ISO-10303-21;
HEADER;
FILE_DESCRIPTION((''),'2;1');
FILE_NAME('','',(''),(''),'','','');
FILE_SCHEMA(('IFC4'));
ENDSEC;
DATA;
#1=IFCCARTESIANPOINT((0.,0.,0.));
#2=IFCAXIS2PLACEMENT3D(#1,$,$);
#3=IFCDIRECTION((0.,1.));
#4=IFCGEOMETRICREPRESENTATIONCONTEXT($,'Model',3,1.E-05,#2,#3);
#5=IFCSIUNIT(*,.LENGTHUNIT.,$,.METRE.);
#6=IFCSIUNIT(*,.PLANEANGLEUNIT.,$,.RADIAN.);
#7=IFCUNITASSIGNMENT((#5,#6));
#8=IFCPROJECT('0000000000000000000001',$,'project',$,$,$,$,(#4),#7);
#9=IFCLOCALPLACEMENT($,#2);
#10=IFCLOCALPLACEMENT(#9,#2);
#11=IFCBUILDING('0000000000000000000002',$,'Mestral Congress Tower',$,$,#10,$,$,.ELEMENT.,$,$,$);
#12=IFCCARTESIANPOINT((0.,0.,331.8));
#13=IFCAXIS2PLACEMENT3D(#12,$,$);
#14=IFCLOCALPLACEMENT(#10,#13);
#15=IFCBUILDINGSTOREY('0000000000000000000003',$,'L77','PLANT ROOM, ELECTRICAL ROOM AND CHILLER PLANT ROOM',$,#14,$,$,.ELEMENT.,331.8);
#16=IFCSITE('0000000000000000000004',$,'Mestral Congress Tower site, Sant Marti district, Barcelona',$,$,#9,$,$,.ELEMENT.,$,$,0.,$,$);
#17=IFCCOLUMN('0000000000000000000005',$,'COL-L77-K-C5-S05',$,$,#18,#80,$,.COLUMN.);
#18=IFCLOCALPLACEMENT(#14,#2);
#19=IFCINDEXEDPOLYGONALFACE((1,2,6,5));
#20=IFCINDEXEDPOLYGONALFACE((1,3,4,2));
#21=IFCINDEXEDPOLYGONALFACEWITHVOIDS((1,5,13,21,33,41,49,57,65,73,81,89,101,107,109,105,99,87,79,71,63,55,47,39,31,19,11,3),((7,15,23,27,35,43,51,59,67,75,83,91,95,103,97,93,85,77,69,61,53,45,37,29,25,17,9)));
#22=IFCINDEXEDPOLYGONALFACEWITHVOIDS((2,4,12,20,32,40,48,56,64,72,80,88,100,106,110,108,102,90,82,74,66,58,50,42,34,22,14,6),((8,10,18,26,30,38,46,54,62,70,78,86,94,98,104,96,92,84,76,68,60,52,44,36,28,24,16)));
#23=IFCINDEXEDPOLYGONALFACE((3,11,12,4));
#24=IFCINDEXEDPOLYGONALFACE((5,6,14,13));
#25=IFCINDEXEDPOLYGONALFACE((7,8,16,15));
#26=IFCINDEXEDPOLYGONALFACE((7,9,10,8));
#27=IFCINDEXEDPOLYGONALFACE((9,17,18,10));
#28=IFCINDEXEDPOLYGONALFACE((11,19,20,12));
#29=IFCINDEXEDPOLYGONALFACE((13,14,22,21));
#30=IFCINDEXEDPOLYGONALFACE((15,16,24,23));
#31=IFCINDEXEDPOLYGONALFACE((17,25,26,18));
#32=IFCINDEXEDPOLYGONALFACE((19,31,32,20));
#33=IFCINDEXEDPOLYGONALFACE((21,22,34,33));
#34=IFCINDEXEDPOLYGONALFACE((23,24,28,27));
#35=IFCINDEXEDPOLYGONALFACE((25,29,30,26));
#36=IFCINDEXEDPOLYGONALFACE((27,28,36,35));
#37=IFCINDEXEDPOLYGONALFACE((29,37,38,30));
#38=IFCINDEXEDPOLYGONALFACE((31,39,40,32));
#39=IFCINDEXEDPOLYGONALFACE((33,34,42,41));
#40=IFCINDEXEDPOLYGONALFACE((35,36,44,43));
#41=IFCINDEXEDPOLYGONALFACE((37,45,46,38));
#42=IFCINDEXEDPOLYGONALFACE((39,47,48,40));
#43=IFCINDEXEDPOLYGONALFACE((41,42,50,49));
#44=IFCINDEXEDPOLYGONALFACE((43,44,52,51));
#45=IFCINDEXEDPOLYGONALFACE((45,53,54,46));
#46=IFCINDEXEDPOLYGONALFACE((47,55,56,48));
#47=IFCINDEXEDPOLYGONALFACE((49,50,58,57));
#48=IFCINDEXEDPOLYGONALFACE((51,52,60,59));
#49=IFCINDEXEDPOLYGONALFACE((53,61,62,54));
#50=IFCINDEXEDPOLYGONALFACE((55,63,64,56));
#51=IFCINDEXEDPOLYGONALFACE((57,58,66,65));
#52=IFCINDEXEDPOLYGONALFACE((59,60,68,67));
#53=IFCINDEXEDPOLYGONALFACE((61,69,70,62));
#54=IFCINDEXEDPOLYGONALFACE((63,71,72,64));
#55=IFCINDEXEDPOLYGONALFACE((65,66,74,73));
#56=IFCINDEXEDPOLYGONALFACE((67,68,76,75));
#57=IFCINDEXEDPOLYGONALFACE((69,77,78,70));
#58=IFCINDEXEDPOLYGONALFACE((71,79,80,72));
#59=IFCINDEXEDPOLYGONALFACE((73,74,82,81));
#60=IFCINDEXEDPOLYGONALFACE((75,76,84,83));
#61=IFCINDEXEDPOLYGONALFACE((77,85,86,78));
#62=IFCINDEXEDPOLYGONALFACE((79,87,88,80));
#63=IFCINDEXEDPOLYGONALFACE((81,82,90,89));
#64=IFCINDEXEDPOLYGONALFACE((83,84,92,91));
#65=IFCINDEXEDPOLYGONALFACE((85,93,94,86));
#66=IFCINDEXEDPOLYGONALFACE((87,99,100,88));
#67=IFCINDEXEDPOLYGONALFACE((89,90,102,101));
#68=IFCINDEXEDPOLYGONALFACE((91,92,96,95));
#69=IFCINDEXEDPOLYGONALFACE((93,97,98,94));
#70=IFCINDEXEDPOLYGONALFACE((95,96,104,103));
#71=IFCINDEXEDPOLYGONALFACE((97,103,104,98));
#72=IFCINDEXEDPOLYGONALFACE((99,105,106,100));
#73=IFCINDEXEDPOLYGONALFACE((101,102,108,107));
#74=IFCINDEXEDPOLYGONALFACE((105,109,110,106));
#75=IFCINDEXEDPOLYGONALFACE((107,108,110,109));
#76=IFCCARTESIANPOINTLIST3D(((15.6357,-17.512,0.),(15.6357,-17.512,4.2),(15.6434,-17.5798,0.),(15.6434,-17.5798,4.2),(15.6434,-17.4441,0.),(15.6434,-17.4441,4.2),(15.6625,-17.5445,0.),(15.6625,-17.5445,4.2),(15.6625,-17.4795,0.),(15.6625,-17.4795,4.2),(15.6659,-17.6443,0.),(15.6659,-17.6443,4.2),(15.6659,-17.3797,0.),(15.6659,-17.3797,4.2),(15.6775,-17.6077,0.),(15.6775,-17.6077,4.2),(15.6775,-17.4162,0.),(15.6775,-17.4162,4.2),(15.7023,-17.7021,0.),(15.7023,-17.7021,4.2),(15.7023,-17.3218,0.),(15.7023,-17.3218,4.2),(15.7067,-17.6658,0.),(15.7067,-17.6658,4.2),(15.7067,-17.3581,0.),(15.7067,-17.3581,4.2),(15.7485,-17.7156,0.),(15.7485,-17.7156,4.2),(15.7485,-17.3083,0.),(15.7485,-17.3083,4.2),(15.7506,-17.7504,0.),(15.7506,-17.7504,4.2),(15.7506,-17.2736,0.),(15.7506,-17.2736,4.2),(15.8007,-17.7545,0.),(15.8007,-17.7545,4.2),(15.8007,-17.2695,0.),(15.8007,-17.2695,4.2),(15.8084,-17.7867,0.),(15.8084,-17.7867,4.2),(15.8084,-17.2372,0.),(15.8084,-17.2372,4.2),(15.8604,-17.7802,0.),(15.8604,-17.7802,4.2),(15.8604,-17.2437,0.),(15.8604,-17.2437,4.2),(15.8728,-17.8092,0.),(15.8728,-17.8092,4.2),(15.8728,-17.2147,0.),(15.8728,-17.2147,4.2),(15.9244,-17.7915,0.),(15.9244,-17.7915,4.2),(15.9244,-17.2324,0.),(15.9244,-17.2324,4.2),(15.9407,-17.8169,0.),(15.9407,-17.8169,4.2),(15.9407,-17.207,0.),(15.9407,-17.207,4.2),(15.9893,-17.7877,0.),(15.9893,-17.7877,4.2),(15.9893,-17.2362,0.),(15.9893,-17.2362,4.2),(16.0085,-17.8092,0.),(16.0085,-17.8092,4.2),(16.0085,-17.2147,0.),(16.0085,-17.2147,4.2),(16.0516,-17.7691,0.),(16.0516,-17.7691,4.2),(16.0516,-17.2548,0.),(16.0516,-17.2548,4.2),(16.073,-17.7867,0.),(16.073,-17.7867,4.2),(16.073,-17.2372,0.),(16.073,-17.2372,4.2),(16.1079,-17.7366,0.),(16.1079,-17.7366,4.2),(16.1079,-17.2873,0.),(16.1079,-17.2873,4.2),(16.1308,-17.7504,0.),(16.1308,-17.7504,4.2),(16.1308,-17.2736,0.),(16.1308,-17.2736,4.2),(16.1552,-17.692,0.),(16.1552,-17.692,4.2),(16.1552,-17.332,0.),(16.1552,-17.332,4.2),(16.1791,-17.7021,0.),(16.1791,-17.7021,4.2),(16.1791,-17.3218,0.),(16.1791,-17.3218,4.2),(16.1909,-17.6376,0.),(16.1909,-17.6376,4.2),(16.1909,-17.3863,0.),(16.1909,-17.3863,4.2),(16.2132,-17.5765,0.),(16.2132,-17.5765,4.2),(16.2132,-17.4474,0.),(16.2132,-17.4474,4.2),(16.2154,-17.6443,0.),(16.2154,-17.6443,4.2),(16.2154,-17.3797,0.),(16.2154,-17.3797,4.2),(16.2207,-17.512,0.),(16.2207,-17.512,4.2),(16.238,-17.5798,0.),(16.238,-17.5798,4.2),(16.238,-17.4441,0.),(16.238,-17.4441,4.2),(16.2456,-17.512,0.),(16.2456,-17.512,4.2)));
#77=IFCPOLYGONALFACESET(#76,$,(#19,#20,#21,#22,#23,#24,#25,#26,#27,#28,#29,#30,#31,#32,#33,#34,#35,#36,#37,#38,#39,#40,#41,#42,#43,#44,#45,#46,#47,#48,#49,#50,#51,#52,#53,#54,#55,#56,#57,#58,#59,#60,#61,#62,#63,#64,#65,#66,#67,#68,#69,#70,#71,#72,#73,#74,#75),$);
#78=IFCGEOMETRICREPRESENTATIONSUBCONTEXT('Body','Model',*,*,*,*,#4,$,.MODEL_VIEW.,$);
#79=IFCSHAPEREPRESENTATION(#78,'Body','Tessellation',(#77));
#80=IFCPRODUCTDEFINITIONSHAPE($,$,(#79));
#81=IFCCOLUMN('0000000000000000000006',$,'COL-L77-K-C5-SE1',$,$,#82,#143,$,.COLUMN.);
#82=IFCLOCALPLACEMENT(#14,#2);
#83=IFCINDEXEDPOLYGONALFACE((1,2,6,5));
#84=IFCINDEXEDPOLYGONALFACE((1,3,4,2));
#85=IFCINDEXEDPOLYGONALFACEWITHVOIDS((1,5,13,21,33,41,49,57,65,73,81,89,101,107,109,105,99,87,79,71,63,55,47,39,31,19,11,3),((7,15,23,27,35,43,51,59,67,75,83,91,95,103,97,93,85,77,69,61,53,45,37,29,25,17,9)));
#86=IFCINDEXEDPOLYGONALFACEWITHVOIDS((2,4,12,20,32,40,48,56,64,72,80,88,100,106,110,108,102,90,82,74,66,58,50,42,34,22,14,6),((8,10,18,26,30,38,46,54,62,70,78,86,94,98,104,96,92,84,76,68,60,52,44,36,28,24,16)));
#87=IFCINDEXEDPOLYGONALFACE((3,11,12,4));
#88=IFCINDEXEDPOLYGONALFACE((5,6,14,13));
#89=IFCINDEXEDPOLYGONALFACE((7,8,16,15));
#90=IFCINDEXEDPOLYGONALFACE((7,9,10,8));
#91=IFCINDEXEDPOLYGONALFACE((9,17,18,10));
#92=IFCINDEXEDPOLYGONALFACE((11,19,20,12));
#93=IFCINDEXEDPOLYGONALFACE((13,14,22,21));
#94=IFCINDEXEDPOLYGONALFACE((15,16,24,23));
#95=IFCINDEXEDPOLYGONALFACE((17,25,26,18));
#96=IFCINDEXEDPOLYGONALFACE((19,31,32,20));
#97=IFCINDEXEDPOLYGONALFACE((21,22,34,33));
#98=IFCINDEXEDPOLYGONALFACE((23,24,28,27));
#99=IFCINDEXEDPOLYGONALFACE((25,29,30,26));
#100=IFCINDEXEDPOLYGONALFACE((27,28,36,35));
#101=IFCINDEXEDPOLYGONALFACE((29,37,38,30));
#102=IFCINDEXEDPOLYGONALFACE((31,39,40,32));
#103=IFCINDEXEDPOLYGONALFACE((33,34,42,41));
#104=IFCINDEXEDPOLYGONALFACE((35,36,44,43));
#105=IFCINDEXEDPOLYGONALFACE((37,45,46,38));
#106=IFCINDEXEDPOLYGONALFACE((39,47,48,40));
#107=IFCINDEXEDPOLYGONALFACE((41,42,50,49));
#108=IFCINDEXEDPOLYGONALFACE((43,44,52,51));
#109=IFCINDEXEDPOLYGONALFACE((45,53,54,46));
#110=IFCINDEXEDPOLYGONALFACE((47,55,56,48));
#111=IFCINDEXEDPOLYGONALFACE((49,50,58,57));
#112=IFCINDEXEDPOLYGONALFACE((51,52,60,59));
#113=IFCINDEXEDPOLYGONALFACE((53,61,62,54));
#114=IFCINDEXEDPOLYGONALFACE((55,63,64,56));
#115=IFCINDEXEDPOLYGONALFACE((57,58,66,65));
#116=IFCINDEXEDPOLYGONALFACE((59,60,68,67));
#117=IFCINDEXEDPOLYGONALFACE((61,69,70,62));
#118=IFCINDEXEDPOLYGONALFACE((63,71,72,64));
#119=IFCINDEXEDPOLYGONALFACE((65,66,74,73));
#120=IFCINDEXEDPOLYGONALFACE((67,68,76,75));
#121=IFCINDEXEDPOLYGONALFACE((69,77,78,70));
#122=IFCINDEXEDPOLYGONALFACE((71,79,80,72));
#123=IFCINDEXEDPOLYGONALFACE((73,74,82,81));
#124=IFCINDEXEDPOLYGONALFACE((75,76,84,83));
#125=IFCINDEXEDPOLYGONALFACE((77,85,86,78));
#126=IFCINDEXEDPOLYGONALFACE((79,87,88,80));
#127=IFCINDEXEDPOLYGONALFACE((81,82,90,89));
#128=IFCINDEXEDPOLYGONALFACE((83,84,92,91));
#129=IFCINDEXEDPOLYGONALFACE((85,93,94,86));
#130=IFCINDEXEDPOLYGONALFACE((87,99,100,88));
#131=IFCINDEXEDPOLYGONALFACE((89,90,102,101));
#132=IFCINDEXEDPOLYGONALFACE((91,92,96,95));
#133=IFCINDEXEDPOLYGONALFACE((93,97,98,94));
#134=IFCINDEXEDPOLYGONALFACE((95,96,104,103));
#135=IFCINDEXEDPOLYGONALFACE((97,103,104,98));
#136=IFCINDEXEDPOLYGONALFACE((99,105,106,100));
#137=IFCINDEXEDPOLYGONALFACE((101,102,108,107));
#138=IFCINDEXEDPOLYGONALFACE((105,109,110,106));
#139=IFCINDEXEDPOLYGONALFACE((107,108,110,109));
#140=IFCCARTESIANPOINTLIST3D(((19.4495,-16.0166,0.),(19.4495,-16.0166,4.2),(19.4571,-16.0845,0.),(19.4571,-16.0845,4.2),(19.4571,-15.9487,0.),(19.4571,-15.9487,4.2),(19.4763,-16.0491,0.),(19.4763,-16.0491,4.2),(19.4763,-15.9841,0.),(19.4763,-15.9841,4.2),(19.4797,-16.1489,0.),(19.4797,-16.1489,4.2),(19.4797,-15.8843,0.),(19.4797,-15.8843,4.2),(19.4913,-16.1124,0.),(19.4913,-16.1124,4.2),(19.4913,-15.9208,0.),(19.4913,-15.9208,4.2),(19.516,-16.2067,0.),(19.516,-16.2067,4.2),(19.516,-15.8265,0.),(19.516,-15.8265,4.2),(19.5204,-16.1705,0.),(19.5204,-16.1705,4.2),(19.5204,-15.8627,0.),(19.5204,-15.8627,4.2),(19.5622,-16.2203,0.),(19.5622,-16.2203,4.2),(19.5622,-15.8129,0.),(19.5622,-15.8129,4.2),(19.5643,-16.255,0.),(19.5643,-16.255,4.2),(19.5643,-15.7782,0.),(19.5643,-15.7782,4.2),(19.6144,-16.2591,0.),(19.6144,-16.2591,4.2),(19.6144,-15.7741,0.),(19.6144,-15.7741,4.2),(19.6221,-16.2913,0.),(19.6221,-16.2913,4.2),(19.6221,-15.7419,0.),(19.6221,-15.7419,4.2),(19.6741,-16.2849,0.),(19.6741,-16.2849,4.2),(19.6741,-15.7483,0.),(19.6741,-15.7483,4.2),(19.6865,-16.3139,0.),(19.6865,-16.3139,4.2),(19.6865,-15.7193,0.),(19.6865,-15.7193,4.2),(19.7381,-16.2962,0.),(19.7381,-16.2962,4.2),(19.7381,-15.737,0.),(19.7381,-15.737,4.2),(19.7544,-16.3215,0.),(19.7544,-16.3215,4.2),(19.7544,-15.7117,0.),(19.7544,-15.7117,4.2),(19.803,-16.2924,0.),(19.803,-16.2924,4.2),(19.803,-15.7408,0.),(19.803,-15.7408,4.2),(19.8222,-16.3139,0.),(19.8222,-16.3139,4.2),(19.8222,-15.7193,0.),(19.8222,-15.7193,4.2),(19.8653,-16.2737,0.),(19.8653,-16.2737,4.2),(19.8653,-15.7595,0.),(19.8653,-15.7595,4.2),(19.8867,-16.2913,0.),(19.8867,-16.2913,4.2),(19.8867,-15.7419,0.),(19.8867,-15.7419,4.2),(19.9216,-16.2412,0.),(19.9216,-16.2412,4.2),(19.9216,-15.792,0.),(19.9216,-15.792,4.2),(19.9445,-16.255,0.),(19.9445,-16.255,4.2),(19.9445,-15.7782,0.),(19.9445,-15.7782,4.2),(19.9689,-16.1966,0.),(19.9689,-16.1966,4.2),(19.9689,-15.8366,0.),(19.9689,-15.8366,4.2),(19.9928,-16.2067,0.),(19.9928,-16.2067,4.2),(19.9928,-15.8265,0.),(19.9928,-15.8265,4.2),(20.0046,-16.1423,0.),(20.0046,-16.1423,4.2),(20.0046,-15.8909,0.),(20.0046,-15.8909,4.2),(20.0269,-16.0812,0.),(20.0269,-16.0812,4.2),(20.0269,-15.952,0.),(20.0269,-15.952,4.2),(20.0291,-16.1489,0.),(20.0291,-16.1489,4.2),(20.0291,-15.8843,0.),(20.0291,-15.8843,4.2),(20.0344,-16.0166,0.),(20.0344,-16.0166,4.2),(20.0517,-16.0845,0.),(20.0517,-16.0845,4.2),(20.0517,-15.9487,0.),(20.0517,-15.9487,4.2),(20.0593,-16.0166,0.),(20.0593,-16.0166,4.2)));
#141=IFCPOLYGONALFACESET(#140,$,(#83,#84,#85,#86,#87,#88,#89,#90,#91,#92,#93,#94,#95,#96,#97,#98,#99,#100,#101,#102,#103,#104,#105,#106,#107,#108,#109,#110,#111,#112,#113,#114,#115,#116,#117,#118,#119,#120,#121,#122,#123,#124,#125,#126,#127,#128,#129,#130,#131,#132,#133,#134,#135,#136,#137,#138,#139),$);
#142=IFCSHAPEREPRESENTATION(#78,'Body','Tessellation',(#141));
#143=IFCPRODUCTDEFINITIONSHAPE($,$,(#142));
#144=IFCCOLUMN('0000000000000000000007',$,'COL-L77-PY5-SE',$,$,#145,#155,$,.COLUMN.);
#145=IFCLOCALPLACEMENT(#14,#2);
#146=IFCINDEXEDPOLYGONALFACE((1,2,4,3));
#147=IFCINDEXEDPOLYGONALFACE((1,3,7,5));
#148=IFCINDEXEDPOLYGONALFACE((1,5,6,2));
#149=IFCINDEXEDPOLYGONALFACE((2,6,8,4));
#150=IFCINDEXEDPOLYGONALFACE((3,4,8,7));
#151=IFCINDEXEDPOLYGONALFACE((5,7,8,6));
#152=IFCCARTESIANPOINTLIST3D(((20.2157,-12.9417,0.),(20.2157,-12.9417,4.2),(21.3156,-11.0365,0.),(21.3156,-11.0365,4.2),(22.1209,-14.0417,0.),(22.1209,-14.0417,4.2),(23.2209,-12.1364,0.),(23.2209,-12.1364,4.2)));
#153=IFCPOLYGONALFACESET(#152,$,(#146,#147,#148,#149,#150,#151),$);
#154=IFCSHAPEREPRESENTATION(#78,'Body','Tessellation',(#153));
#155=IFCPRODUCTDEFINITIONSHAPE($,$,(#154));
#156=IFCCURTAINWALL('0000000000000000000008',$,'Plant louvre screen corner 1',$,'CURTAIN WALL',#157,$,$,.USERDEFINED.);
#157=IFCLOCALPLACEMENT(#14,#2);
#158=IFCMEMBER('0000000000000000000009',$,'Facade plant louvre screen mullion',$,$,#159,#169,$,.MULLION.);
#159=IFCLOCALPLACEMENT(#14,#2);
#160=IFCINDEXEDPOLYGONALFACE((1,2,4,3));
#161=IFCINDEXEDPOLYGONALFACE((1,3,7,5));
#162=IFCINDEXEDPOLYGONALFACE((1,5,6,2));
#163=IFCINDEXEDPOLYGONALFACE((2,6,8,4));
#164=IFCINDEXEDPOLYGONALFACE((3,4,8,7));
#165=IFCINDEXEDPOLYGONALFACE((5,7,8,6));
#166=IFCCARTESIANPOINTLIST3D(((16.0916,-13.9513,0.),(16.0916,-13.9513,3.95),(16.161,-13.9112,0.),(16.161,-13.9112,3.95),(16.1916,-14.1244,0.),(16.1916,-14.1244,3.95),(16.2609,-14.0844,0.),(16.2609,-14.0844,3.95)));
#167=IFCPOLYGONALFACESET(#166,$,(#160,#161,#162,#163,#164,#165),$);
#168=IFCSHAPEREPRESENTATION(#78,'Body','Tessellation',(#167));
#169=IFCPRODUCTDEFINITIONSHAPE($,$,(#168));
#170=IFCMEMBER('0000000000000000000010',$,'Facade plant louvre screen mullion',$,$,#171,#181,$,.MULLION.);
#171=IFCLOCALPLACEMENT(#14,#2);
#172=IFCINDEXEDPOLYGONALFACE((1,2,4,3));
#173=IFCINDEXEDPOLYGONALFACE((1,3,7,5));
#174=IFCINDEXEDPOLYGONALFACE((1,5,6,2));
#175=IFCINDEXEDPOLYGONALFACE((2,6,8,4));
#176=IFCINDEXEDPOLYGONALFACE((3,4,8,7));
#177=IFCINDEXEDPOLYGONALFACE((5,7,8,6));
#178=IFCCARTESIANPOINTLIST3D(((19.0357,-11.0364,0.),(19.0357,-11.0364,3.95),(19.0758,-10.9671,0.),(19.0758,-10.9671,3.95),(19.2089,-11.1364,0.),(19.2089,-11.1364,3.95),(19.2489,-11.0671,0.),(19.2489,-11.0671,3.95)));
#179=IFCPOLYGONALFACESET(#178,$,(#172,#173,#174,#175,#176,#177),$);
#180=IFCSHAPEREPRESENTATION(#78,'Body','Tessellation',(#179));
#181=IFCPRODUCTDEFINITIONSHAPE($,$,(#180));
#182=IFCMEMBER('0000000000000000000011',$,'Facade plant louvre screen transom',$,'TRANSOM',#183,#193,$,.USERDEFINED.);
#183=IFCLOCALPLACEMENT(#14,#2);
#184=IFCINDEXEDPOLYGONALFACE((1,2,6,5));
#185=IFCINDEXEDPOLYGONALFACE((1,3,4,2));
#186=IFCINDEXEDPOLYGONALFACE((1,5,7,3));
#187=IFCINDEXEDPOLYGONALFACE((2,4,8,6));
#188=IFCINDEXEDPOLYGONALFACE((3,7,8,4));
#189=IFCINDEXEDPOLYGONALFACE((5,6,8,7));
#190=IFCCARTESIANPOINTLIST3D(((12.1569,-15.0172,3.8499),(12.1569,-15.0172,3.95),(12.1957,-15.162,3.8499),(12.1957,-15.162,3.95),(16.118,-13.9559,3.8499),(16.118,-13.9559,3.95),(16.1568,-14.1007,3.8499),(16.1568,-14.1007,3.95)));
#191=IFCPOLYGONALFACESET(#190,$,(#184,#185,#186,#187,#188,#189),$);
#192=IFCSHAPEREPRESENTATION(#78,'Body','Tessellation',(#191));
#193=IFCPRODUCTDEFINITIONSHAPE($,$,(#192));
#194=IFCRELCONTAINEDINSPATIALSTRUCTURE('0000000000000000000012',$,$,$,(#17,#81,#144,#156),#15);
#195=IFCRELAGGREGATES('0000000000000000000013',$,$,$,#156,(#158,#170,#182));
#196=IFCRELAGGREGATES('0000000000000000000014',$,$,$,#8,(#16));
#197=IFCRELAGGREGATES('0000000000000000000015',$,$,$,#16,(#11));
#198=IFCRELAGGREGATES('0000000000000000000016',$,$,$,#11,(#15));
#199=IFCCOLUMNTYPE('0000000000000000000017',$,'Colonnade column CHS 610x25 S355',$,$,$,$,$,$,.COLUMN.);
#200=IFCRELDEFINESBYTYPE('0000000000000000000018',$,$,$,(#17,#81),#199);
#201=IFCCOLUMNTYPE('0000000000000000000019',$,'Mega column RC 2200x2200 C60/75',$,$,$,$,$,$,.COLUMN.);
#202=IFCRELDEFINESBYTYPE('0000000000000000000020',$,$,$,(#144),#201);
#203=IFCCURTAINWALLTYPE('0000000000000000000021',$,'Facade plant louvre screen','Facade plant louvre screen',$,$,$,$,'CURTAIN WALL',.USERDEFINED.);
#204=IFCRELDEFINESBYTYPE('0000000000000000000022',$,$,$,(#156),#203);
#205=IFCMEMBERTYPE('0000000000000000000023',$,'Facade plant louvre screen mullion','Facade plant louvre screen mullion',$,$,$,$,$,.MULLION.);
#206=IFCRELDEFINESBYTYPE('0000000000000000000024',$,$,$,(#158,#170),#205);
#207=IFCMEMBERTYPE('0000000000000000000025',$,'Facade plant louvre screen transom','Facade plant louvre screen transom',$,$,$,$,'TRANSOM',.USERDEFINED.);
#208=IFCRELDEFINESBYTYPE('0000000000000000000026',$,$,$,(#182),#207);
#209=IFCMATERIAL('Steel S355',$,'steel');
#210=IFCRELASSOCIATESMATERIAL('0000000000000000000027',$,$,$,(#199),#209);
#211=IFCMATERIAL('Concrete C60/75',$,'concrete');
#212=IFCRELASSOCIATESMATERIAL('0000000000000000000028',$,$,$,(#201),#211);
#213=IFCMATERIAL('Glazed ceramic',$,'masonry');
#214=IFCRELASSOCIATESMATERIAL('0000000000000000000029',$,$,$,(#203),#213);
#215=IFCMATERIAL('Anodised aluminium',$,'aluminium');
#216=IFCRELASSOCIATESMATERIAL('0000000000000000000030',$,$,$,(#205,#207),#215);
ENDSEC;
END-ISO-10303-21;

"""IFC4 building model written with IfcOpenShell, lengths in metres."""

from ifc_helpers import new_model, si_unit, direction, frame, origin, origin_2d, place, context, subcontext, project, spatial, rectangle, hollow_circle, extrude, material, material_profile, profile_set, type_object, element, aggregate, save


model = new_model("IFC4")

# Units and contexts
model_context = context("Model", 3, precision=1e-05, world=origin(), true_north=direction((0.0, 1.0)))
body_context = subcontext(model_context, "Body", "Model", "MODEL_VIEW")
ifc_project = project(units=[si_unit("LENGTHUNIT", "METRE"), si_unit("PLANEANGLEUNIT", "RADIAN")], contexts=[model_context])

# Site, building, storey
site_placement = place(None, origin())
site = spatial("IfcSite", under=ifc_project, at=site_placement, Name="Mestral Congress Tower site, Sant Marti district, Barcelona", CompositionType="ELEMENT", RefElevation=0.0)
building_placement = place(site_placement, origin())
building = spatial("IfcBuilding", under=site, at=building_placement, Name="Mestral Congress Tower", CompositionType="ELEMENT")
storey_placement = place(building_placement, frame((0.0, 0.0, 331.8)))
storey = spatial("IfcBuildingStorey", under=building, at=storey_placement, Name="L77", Description="PLANT ROOM, ELECTRICAL ROOM AND CHILLER PLANT ROOM", CompositionType="ELEMENT", Elevation=331.8)

# Columns
ifc_material_1 = material(Name="Steel S355", Category="steel")
ifc_material_profile_1 = material_profile(ifc_material_1, hollow_circle(Radius=0.3049, WallThickness=0.0249, at=origin_2d()), Name="CHS 610x25")
ifc_profile_set_1 = profile_set([ifc_material_profile_1], Name="Steel S355")
column_type_1 = type_object("IfcColumnType", Name="Colonnade column CHS 610x25 S355", PredefinedType="COLUMN", material=ifc_profile_set_1)
for number, where, z_axis, x_axis, name in (
    (1, (15.9407, -17.512, 0.0), (0.0, 0.0, 1.0), (1.0, 0.0, 0.0), "COL-L77-K-C5-S05"),
    (2, (19.7544, -16.0166, 0.0), (0.0, 0.0, 1.0), (1.0, 0.0, 0.0), "COL-L77-K-C5-SE1"),
):
    element("IfcColumn", number, at=place(storey_placement, frame(where, z_axis=z_axis, x_axis=x_axis)), inside=storey, type_object=column_type_1, Name=name, PredefinedType="COLUMN", context=body_context, shape_type="SweptSolid", body=[
        extrude(hollow_circle(Radius=0.3049, WallThickness=0.0249, at=origin_2d()), origin(), (0.0, 0.0, 1.0), 4.2),
    ])
ifc_material_2 = material(Name="Concrete C60/75", Category="concrete")
ifc_material_profile_2 = material_profile(ifc_material_2, rectangle(XDim=2.2, YDim=2.2, at=origin_2d()), Name="RC 2200x2200")
ifc_profile_set_2 = profile_set([ifc_material_profile_2], Name="Concrete C60/75")
column_type_2 = type_object("IfcColumnType", Name="Mega column RC 2200x2200 C60/75", PredefinedType="COLUMN", material=ifc_profile_set_2)
column_placement = place(storey_placement, frame((21.7183, -12.5391, 0.0), z_axis=(0.0, 0.0, 1.0), x_axis=(0.866025, -0.5, 0.0)))
element("IfcColumn", 3, at=column_placement, inside=storey, type_object=column_type_2, Name="COL-L77-PY5-SE", PredefinedType="COLUMN", context=body_context, shape_type="SweptSolid", body=[
    extrude(rectangle(XDim=2.2, YDim=2.2, at=origin_2d()), origin(), (0.0, 0.0, 1.0), 4.2),
])

# Curtain wall, members
ifc_material_3 = material(Name="Glazed ceramic", Category="masonry")
curtain_wall_type = type_object("IfcCurtainWallType", Name="Facade plant louvre screen", Description="Facade plant louvre screen", ElementType="CURTAIN WALL", PredefinedType="USERDEFINED", material=ifc_material_3)
curtain_wall_placement = place(storey_placement, origin())
curtain_wall = element("IfcCurtainWall", 4, at=curtain_wall_placement, inside=storey, type_object=curtain_wall_type, Name="Plant louvre screen corner 1", ObjectType="CURTAIN WALL", PredefinedType="USERDEFINED")
ifc_material_4 = material(Name="Anodised aluminium", Category="aluminium")
ifc_material_profile_3 = material_profile(ifc_material_4, rectangle(XDim=0.2, YDim=0.0801, at=origin_2d()), Name="CW6 mullion 200 x 80")
ifc_profile_set_3 = profile_set([ifc_material_profile_3], Name="Anodised aluminium")
member_type_1 = type_object("IfcMemberType", Name="Facade plant louvre screen mullion", Description="Facade plant louvre screen mullion", PredefinedType="MULLION", material=ifc_profile_set_3)
member_1_placement = place(storey_placement, frame((16.1763, -14.0178, 0.0), z_axis=(0.0, 0.0, 1.0), x_axis=(0.5, -0.866025, 0.0)))
member_1 = element("IfcMember", 5, at=member_1_placement, type_object=member_type_1, Name="Facade plant louvre screen mullion", PredefinedType="MULLION", context=body_context, shape_type="SweptSolid", body=[
    extrude(rectangle(XDim=0.2, YDim=0.0801, at=origin_2d()), origin(), (0.0, 0.0, 1.0), 3.95),
])
member_2_placement = place(storey_placement, frame((19.1423, -11.0518, 0.0), z_axis=(0.0, 0.0, 1.0), x_axis=(0.866025, -0.5, 0.0)))
member_2 = element("IfcMember", 6, at=member_2_placement, type_object=member_type_1, Name="Facade plant louvre screen mullion", PredefinedType="MULLION", context=body_context, shape_type="SweptSolid", body=[
    extrude(rectangle(XDim=0.2, YDim=0.0801, at=origin_2d()), origin(), (0.0, 0.0, 1.0), 3.95),
])
ifc_material_profile_4 = material_profile(ifc_material_4, rectangle(XDim=0.1499, YDim=0.1001, at=origin_2d()), Name="CW6 transom 150 x 100")
ifc_profile_set_4 = profile_set([ifc_material_profile_4], Name="Anodised aluminium")
member_type_2 = type_object("IfcMemberType", Name="Facade plant louvre screen transom", Description="Facade plant louvre screen transom", ElementType="TRANSOM", PredefinedType="USERDEFINED", material=ifc_profile_set_4)
member_3_placement = place(storey_placement, frame((12.1763, -15.0896, 3.8999), z_axis=(0.965933, 0.258793, 0.0), x_axis=(-0.258793, 0.965933, 0.0)))
member_3 = element("IfcMember", 7, at=member_3_placement, type_object=member_type_2, Name="Facade plant louvre screen transom", ObjectType="TRANSOM", PredefinedType="USERDEFINED", context=body_context, shape_type="SweptSolid", body=[
    extrude(rectangle(XDim=0.1499, YDim=0.1001, at=origin_2d()), origin(), (0.0, 0.0, 1.0), 4.1008),
])

aggregate(curtain_wall, [member_1, member_2, member_3])

save(model, "model.ifc")
